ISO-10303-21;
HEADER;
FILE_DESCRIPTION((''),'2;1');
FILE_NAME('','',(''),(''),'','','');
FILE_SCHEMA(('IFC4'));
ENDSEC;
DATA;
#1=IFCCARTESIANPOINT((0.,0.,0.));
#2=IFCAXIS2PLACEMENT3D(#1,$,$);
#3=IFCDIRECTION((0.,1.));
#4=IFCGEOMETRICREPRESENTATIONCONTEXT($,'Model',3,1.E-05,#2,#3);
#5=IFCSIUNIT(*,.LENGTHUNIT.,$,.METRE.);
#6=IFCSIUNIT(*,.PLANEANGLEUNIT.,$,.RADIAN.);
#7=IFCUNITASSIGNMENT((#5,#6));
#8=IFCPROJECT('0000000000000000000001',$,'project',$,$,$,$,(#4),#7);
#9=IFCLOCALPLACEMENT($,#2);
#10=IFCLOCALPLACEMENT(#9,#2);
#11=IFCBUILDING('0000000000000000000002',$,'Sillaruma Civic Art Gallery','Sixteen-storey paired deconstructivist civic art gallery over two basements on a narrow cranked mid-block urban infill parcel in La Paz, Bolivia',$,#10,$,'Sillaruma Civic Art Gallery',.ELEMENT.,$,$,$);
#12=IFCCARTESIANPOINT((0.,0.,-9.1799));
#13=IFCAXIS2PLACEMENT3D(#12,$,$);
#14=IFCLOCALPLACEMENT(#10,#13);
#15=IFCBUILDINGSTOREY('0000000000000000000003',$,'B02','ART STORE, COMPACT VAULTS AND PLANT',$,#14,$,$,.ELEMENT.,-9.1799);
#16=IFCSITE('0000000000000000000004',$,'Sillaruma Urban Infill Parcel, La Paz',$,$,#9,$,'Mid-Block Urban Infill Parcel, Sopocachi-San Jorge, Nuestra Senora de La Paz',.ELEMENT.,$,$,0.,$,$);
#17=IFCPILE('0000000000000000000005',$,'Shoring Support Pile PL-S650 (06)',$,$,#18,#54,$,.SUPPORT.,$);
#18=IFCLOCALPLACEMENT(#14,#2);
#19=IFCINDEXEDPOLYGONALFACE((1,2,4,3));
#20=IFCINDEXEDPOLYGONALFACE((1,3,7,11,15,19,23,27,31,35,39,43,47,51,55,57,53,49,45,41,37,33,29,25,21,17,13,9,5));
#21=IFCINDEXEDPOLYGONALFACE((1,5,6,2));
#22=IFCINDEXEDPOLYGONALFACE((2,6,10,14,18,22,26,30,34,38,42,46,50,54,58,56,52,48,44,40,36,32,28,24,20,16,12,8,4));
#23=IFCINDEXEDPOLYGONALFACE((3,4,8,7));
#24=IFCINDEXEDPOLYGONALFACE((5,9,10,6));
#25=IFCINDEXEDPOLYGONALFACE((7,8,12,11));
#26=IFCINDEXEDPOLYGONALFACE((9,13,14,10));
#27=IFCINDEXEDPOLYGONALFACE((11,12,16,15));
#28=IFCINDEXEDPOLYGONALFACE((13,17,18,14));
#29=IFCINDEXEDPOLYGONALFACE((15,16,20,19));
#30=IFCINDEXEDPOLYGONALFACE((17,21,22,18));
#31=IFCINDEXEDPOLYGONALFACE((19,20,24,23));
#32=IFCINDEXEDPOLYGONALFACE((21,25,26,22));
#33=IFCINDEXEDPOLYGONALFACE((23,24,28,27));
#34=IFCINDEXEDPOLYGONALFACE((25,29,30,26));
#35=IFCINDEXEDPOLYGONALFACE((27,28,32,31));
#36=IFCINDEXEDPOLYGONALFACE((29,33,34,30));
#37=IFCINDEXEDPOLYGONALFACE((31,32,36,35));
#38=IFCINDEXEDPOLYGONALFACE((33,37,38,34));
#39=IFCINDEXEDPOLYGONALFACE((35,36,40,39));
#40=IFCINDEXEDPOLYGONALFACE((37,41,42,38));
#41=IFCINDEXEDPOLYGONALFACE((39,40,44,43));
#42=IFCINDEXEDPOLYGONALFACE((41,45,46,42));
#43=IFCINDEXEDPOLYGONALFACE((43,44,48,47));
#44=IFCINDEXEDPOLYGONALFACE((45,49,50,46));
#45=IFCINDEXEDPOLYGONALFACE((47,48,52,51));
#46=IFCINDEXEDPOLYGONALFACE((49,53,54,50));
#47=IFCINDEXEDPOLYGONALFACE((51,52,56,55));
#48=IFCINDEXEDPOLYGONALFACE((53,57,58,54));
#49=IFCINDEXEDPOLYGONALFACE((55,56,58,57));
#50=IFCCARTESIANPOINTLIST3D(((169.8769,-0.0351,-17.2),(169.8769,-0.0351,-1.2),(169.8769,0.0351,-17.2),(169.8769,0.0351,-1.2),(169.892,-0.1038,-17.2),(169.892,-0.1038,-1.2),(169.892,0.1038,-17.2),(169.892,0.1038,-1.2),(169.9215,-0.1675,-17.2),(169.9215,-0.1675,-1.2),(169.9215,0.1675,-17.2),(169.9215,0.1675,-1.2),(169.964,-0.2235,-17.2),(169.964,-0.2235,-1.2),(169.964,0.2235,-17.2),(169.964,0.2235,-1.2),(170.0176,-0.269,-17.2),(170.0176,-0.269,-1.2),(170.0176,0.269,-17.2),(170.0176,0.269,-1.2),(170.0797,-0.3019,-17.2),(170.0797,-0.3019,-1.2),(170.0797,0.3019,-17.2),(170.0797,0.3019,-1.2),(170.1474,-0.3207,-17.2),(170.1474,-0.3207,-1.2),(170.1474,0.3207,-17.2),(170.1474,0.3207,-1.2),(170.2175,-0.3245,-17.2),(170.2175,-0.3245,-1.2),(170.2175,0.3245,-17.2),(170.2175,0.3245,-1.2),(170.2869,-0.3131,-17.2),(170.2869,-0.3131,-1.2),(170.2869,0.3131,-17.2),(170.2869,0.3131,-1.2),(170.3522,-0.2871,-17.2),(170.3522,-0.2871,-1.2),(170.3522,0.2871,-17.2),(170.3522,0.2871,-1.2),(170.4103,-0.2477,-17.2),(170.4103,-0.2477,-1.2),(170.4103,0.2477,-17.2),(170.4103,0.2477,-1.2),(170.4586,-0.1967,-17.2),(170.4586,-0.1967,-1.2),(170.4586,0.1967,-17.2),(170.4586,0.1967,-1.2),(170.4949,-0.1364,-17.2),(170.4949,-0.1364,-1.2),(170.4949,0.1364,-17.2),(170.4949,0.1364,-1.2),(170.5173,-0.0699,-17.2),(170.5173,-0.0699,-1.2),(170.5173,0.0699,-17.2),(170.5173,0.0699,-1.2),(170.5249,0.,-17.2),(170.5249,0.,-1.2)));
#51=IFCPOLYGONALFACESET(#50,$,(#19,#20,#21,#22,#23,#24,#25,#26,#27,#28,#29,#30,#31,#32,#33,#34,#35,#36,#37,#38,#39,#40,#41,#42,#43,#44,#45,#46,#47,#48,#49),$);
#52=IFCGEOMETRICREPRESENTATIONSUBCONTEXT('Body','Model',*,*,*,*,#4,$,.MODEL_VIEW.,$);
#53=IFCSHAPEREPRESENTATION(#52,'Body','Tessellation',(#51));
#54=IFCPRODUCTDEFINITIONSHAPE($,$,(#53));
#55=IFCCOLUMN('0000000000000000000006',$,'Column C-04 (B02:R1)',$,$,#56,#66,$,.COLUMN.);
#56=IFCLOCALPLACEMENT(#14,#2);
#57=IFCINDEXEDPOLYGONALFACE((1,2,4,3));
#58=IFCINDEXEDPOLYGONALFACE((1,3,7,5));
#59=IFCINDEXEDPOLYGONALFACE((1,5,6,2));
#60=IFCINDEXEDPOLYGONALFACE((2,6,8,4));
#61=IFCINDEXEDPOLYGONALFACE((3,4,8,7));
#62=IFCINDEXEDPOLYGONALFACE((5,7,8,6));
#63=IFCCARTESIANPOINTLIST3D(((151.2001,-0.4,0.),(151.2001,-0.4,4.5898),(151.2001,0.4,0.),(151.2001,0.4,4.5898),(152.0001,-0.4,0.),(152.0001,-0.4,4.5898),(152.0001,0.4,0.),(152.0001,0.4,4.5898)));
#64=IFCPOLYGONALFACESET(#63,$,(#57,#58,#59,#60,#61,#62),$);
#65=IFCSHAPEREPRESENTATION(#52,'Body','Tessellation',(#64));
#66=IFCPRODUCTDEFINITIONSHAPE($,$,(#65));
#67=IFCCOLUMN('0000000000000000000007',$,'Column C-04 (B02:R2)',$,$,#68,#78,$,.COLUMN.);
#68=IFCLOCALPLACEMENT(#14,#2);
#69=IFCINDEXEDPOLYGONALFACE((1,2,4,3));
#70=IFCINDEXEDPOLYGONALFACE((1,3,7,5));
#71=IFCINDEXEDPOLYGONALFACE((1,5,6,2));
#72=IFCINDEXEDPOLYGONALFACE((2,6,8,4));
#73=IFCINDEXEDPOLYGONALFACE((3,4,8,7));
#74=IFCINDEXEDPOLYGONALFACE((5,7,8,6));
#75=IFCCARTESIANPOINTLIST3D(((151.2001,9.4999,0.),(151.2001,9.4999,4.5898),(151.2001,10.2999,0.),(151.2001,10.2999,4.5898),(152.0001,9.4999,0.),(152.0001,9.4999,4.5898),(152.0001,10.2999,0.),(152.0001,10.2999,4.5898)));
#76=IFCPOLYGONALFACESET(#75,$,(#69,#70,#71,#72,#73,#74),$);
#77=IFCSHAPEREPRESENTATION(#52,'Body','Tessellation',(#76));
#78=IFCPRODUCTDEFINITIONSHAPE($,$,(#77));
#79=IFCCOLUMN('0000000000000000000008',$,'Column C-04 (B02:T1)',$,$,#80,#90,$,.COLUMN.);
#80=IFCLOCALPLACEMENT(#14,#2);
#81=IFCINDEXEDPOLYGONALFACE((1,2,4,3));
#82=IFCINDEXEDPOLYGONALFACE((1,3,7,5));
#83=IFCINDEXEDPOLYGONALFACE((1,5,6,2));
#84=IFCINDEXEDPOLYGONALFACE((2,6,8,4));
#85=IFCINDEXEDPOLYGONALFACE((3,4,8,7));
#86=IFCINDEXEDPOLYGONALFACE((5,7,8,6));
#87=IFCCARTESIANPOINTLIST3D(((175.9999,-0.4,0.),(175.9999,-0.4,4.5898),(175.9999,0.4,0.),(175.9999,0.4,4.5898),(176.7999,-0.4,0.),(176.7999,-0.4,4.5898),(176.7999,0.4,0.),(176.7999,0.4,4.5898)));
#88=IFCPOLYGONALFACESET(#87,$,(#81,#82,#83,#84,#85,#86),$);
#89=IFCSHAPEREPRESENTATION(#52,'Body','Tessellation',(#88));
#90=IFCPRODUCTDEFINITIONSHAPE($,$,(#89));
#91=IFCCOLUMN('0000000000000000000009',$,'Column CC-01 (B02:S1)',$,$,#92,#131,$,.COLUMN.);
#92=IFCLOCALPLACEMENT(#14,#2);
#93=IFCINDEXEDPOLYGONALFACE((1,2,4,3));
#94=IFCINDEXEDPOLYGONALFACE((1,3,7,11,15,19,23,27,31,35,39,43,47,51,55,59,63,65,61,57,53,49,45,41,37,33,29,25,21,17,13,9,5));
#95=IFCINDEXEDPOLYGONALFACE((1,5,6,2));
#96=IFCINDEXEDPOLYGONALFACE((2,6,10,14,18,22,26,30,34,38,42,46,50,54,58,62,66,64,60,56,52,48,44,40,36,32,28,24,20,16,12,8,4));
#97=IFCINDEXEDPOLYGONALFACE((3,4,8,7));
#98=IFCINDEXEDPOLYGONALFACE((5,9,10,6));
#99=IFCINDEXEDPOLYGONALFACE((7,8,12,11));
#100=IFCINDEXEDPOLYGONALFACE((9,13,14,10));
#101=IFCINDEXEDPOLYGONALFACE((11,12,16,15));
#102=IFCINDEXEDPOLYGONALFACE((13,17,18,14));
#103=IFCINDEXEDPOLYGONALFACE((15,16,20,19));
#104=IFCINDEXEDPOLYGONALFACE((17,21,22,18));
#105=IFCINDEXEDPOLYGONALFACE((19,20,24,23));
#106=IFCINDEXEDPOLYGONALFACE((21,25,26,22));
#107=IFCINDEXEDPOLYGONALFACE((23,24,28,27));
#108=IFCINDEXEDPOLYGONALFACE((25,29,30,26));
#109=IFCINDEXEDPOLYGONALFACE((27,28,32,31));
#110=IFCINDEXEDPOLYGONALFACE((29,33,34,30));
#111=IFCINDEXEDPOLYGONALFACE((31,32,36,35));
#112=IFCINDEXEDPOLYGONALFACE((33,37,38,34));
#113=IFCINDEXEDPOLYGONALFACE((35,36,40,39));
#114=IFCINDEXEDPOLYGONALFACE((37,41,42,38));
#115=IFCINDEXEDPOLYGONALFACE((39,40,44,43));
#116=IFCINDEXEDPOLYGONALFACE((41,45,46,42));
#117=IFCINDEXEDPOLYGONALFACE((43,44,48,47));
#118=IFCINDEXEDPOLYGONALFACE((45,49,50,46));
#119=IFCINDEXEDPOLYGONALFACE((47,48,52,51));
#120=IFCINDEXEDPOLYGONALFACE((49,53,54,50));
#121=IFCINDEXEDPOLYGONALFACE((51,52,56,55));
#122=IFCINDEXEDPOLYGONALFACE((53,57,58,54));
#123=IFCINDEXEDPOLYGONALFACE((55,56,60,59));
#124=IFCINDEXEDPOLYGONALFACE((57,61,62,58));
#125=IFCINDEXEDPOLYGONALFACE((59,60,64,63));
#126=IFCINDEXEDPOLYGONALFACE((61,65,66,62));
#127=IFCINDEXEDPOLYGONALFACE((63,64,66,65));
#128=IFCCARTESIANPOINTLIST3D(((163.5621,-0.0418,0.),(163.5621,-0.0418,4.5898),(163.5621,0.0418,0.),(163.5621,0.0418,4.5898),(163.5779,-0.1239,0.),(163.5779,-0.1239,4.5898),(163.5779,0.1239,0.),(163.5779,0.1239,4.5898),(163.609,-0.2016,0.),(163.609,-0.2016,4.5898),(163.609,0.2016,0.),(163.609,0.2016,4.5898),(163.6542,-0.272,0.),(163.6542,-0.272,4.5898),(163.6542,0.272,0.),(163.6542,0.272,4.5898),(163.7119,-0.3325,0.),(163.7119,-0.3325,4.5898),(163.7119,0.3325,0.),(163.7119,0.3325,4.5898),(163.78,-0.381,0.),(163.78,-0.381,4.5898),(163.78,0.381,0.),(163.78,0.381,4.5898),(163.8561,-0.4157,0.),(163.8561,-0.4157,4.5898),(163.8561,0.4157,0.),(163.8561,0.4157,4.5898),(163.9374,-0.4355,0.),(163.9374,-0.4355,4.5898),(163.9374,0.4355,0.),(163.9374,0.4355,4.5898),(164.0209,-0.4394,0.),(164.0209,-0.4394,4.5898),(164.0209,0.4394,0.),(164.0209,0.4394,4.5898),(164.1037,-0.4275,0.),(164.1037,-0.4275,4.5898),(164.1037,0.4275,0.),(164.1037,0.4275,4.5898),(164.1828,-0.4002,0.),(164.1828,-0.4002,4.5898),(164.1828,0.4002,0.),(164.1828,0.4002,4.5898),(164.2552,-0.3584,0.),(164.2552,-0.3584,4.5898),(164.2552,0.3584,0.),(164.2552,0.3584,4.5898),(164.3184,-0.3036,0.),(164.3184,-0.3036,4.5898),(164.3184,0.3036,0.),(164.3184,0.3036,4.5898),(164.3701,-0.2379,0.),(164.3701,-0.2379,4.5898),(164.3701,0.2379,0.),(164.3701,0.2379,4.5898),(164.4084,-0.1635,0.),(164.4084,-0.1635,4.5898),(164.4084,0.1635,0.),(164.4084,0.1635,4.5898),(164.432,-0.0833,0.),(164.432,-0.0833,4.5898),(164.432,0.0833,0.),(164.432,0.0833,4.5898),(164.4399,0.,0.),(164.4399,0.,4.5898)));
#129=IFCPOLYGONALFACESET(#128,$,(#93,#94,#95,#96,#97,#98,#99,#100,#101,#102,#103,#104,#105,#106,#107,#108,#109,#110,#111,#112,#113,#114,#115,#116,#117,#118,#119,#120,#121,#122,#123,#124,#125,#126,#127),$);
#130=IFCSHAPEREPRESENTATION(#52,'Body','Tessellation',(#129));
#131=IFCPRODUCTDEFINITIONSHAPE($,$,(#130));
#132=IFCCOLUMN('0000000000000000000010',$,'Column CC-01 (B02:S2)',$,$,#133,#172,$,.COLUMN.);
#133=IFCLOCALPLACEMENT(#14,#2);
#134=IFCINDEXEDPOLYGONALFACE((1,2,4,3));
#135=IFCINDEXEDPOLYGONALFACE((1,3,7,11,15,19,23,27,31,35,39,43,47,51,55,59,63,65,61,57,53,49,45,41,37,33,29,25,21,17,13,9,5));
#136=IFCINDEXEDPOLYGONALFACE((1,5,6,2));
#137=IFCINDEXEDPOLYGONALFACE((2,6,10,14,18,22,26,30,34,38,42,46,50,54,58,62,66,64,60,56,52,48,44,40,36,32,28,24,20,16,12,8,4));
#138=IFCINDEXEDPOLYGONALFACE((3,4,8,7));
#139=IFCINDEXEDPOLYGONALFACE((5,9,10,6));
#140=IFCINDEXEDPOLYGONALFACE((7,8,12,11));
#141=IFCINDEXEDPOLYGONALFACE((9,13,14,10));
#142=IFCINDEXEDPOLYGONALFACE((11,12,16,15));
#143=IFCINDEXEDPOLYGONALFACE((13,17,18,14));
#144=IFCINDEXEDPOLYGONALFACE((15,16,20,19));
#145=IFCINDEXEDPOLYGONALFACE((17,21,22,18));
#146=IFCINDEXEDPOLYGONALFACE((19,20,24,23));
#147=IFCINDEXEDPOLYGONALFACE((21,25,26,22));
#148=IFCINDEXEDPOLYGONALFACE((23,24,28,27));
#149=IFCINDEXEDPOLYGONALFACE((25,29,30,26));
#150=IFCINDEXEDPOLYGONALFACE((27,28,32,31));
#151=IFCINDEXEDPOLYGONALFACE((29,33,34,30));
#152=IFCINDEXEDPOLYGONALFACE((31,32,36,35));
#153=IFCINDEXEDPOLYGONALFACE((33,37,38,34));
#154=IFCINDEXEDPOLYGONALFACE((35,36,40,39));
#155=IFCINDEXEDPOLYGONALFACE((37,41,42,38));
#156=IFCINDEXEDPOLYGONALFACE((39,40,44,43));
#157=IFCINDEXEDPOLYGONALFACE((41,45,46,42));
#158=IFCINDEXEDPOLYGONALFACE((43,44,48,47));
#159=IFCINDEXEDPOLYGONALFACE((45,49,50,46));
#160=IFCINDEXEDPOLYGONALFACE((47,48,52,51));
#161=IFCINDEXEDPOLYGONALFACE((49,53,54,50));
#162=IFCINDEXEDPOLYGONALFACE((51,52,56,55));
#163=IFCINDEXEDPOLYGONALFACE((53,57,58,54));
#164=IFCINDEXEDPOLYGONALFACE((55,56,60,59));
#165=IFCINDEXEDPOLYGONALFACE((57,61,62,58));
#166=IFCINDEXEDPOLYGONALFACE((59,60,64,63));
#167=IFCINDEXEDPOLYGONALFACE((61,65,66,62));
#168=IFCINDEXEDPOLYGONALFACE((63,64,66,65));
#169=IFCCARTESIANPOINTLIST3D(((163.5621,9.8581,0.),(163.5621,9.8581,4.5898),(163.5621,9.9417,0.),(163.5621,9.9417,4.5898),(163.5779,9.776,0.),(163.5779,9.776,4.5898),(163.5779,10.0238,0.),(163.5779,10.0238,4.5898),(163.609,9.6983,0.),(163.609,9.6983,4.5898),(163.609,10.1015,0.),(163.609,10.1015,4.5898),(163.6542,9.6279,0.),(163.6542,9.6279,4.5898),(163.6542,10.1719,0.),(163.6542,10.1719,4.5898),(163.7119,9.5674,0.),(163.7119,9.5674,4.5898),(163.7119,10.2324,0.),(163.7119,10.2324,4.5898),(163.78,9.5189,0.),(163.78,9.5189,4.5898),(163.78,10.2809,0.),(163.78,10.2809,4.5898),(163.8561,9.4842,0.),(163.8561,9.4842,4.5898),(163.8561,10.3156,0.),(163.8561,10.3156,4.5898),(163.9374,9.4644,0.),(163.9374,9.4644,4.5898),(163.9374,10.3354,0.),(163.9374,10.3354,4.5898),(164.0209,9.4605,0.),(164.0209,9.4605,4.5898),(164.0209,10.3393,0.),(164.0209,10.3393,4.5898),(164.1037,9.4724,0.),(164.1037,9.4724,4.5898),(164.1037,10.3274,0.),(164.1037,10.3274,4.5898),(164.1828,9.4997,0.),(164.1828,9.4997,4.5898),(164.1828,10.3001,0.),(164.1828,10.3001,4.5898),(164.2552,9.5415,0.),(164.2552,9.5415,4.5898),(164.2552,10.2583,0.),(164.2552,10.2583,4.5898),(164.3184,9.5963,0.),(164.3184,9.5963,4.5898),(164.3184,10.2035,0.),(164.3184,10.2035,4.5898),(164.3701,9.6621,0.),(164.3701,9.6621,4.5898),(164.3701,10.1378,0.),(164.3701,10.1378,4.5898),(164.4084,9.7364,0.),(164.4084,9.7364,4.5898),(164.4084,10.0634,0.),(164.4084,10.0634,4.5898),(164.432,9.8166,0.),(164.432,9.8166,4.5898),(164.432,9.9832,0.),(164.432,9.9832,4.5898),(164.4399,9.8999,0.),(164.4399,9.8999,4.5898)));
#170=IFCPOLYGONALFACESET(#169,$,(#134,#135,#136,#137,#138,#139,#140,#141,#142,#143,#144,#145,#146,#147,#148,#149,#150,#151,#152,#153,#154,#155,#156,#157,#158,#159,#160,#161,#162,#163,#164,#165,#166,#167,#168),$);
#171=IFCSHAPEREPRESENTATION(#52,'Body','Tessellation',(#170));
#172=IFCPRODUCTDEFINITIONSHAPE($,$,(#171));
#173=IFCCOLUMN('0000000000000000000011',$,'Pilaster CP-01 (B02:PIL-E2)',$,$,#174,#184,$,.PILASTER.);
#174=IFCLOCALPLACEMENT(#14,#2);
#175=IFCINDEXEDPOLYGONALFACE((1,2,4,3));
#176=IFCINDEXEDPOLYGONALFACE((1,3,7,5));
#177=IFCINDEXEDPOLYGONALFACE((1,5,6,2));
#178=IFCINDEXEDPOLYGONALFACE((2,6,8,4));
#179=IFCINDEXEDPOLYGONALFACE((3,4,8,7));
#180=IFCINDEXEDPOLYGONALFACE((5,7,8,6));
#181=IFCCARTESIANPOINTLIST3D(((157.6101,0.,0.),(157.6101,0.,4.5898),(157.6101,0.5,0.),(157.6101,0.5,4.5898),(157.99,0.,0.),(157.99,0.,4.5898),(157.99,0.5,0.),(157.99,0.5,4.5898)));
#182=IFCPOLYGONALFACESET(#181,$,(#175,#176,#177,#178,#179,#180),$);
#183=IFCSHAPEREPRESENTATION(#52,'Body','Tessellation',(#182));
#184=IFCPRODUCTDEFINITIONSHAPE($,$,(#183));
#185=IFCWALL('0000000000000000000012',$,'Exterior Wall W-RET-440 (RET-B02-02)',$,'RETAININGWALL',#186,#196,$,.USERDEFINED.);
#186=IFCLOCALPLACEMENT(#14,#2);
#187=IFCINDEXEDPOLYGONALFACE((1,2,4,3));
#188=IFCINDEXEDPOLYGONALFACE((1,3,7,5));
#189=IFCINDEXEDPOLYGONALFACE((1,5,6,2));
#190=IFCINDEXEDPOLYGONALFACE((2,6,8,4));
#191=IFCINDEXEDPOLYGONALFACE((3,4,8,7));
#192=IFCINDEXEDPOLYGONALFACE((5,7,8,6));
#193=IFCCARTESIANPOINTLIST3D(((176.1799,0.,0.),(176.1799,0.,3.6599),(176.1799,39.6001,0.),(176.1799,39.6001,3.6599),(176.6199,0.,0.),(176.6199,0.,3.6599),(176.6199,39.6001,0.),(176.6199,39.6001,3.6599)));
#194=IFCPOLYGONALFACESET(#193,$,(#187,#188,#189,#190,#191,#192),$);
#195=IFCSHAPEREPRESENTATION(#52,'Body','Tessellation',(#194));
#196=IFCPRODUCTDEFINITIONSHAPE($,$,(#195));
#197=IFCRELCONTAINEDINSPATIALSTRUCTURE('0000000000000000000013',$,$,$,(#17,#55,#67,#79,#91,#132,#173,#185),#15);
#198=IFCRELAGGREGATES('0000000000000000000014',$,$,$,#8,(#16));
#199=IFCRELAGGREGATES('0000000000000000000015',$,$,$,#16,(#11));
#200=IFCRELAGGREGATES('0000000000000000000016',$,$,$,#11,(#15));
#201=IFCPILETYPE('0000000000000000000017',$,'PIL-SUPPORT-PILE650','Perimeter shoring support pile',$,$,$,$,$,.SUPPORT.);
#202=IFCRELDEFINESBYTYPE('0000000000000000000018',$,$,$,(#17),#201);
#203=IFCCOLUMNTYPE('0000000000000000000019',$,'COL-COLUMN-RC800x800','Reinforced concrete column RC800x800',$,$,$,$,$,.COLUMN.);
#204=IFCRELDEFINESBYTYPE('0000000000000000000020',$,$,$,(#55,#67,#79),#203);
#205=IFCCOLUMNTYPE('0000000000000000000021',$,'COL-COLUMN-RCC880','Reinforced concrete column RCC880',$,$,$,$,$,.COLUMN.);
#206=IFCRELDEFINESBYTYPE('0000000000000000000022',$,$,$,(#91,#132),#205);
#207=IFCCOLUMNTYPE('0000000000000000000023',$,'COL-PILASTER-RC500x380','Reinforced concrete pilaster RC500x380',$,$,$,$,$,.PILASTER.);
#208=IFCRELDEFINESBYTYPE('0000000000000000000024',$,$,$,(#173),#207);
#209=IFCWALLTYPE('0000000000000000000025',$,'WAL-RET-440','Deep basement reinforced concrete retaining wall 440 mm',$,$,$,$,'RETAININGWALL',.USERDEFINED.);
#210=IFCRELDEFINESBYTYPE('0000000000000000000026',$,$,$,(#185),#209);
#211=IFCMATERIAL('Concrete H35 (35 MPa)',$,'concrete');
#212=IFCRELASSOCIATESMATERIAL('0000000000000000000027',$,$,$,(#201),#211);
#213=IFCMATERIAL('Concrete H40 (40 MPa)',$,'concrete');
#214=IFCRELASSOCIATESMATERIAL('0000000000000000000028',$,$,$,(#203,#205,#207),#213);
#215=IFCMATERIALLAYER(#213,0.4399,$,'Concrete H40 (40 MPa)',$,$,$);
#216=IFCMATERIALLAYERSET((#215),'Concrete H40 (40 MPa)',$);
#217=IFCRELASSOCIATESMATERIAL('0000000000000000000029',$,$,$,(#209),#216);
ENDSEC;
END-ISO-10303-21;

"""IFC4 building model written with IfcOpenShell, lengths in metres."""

from ifc_helpers import new_model, si_unit, direction, frame, frame_2d, origin, origin_2d, place, context, subcontext, project, spatial, rectangle, circle, extrude, material, layer, layer_set, material_profile, profile_set, type_object, element, save


model = new_model("IFC4")

# Units and contexts
model_context = context("Model", 3, precision=1e-05, world=origin(), true_north=direction((0.0, 1.0)))
body_context = subcontext(model_context, "Body", "Model", "MODEL_VIEW")
ifc_project = project(units=[si_unit("LENGTHUNIT", "METRE"), si_unit("PLANEANGLEUNIT", "RADIAN")], contexts=[model_context])

# Site, building, storey
site_placement = place(None, origin())
site = spatial("IfcSite", under=ifc_project, at=site_placement, Name="Sillaruma Urban Infill Parcel, La Paz", LongName="Mid-Block Urban Infill Parcel, Sopocachi-San Jorge, Nuestra Senora de La Paz", CompositionType="ELEMENT", RefElevation=0.0)
building_placement = place(site_placement, origin())
building = spatial("IfcBuilding", under=site, at=building_placement, Name="Sillaruma Civic Art Gallery", Description="Sixteen-storey paired deconstructivist civic art gallery over two basements on a narrow cranked mid-block urban infill parcel in La Paz, Bolivia", LongName="Sillaruma Civic Art Gallery", CompositionType="ELEMENT")
storey_placement = place(building_placement, frame((0.0, 0.0, -9.1799)))
storey = spatial("IfcBuildingStorey", under=building, at=storey_placement, Name="B02", Description="ART STORE, COMPACT VAULTS AND PLANT", CompositionType="ELEMENT", Elevation=-9.1799)

# Shared definitions
ifc_material_1 = material(Name="Concrete H35 (35 MPa)", Category="concrete")

# Pile
ifc_material_profile_1 = material_profile(ifc_material_1, circle(Radius=0.325, at=origin_2d()), Name="PILE650")
ifc_profile_set_1 = profile_set([ifc_material_profile_1], Name="Concrete H35 (35 MPa)")
pile_type_1 = type_object("IfcPileType", Name="PIL-SUPPORT-PILE650", Description="Perimeter shoring support pile", PredefinedType="SUPPORT", material=ifc_profile_set_1)
pile_placement = place(storey_placement, frame((170.2, 0.0, -1.2), z_axis=(0.0, 0.0, -1.0), x_axis=(1.0, 0.0, 0.0)))
element("IfcPile", 1, at=pile_placement, inside=storey, type_object=pile_type_1, Name="Shoring Support Pile PL-S650 (06)", PredefinedType="SUPPORT", context=body_context, shape_type="SweptSolid", body=[
    extrude(circle(Radius=0.325, at=origin_2d()), origin(), (0.0, 0.0, 1.0), 16.0),
])

# Columns
ifc_material_2 = material(Name="Concrete H40 (40 MPa)", Category="concrete")
ifc_material_profile_2 = material_profile(ifc_material_2, rectangle(XDim=0.8, YDim=0.8, at=origin_2d()), Name="RC800x800")
ifc_profile_set_2 = profile_set([ifc_material_profile_2], Name="Concrete H40 (40 MPa)")
column_type_1 = type_object("IfcColumnType", Name="COL-COLUMN-RC800x800", Description="Reinforced concrete column RC800x800", PredefinedType="COLUMN", material=ifc_profile_set_2)
for number, where, z_axis, x_axis, name in (
    (2, (151.6001, 0.0, 0.0), (0.0, 0.0, 1.0), (1.0, 0.0, 0.0), "Column C-04 (B02:R1)"),
    (3, (151.6001, 9.8999, 0.0), (0.0, 0.0, 1.0), (1.0, 0.0, 0.0), "Column C-04 (B02:R2)"),
    (4, (176.3999, 0.0, 0.0), (0.0, 0.0, 1.0), (1.0, 0.0, 0.0), "Column C-04 (B02:T1)"),
):
    element("IfcColumn", number, at=place(storey_placement, frame(where, z_axis=z_axis, x_axis=x_axis)), inside=storey, type_object=column_type_1, Name=name, PredefinedType="COLUMN", context=body_context, shape_type="SweptSolid", body=[
        extrude(rectangle(XDim=0.8, YDim=0.8, at=origin_2d()), origin(), (0.0, 0.0, 1.0), 4.5898),
    ])
ifc_material_profile_3 = material_profile(ifc_material_2, circle(Radius=0.4399, at=origin_2d()), Name="RCC880")
ifc_profile_set_3 = profile_set([ifc_material_profile_3], Name="Concrete H40 (40 MPa)")
column_type_2 = type_object("IfcColumnType", Name="COL-COLUMN-RCC880", Description="Reinforced concrete column RCC880", PredefinedType="COLUMN", material=ifc_profile_set_3)
for number, where, z_axis, x_axis, name in (
    (5, (164.0, 0.0, 0.0), (0.0, 0.0, 1.0), (1.0, 0.0, 0.0), "Column CC-01 (B02:S1)"),
    (6, (164.0, 9.8999, 0.0), (0.0, 0.0, 1.0), (1.0, 0.0, 0.0), "Column CC-01 (B02:S2)"),
):
    element("IfcColumn", number, at=place(storey_placement, frame(where, z_axis=z_axis, x_axis=x_axis)), inside=storey, type_object=column_type_2, Name=name, PredefinedType="COLUMN", context=body_context, shape_type="SweptSolid", body=[
        extrude(circle(Radius=0.4399, at=origin_2d()), origin(), (0.0, 0.0, 1.0), 4.5898),
    ])
ifc_material_profile_4 = material_profile(ifc_material_2, rectangle(XDim=0.3799, YDim=0.5, at=origin_2d()), Name="RC500x380")
ifc_profile_set_4 = profile_set([ifc_material_profile_4], Name="Concrete H40 (40 MPa)")
column_type_3 = type_object("IfcColumnType", Name="COL-PILASTER-RC500x380", Description="Reinforced concrete pilaster RC500x380", PredefinedType="PILASTER", material=ifc_profile_set_4)
column_placement = place(storey_placement, frame((157.8, 0.25, 0.0), z_axis=(0.0, 0.0, 1.0), x_axis=(1.0, 0.0, 0.0)))
element("IfcColumn", 7, at=column_placement, inside=storey, type_object=column_type_3, Name="Pilaster CP-01 (B02:PIL-E2)", PredefinedType="PILASTER", context=body_context, shape_type="SweptSolid", body=[
    extrude(rectangle(XDim=0.3799, YDim=0.5, at=origin_2d()), origin(), (0.0, 0.0, 1.0), 4.5898),
])

# Wall
ifc_layer_1 = layer(ifc_material_2, 0.4399, Name="Concrete H40 (40 MPa)")
ifc_layer_set_1 = layer_set([ifc_layer_1], Name="Concrete H40 (40 MPa)")
wall_type = type_object("IfcWallType", Name="WAL-RET-440", Description="Deep basement reinforced concrete retaining wall 440 mm", ElementType="RETAININGWALL", PredefinedType="USERDEFINED", material=ifc_layer_set_1)
wall_placement = place(storey_placement, frame((176.3999, 0.0, 0.0), z_axis=(0.0, 0.0, 1.0), x_axis=(0.0, 1.0, 0.0)))
element("IfcWall", 8, at=wall_placement, inside=storey, type_object=wall_type, Name="Exterior Wall W-RET-440 (RET-B02-02)", ObjectType="RETAININGWALL", PredefinedType="USERDEFINED", context=body_context, shape_type="SweptSolid", body=[
    extrude(rectangle(XDim=39.6001, YDim=0.4399, at=frame_2d((19.8, 0.0))), origin(), (0.0, 0.0, 1.0), 3.6599),
])

save(model, "model.ifc")
